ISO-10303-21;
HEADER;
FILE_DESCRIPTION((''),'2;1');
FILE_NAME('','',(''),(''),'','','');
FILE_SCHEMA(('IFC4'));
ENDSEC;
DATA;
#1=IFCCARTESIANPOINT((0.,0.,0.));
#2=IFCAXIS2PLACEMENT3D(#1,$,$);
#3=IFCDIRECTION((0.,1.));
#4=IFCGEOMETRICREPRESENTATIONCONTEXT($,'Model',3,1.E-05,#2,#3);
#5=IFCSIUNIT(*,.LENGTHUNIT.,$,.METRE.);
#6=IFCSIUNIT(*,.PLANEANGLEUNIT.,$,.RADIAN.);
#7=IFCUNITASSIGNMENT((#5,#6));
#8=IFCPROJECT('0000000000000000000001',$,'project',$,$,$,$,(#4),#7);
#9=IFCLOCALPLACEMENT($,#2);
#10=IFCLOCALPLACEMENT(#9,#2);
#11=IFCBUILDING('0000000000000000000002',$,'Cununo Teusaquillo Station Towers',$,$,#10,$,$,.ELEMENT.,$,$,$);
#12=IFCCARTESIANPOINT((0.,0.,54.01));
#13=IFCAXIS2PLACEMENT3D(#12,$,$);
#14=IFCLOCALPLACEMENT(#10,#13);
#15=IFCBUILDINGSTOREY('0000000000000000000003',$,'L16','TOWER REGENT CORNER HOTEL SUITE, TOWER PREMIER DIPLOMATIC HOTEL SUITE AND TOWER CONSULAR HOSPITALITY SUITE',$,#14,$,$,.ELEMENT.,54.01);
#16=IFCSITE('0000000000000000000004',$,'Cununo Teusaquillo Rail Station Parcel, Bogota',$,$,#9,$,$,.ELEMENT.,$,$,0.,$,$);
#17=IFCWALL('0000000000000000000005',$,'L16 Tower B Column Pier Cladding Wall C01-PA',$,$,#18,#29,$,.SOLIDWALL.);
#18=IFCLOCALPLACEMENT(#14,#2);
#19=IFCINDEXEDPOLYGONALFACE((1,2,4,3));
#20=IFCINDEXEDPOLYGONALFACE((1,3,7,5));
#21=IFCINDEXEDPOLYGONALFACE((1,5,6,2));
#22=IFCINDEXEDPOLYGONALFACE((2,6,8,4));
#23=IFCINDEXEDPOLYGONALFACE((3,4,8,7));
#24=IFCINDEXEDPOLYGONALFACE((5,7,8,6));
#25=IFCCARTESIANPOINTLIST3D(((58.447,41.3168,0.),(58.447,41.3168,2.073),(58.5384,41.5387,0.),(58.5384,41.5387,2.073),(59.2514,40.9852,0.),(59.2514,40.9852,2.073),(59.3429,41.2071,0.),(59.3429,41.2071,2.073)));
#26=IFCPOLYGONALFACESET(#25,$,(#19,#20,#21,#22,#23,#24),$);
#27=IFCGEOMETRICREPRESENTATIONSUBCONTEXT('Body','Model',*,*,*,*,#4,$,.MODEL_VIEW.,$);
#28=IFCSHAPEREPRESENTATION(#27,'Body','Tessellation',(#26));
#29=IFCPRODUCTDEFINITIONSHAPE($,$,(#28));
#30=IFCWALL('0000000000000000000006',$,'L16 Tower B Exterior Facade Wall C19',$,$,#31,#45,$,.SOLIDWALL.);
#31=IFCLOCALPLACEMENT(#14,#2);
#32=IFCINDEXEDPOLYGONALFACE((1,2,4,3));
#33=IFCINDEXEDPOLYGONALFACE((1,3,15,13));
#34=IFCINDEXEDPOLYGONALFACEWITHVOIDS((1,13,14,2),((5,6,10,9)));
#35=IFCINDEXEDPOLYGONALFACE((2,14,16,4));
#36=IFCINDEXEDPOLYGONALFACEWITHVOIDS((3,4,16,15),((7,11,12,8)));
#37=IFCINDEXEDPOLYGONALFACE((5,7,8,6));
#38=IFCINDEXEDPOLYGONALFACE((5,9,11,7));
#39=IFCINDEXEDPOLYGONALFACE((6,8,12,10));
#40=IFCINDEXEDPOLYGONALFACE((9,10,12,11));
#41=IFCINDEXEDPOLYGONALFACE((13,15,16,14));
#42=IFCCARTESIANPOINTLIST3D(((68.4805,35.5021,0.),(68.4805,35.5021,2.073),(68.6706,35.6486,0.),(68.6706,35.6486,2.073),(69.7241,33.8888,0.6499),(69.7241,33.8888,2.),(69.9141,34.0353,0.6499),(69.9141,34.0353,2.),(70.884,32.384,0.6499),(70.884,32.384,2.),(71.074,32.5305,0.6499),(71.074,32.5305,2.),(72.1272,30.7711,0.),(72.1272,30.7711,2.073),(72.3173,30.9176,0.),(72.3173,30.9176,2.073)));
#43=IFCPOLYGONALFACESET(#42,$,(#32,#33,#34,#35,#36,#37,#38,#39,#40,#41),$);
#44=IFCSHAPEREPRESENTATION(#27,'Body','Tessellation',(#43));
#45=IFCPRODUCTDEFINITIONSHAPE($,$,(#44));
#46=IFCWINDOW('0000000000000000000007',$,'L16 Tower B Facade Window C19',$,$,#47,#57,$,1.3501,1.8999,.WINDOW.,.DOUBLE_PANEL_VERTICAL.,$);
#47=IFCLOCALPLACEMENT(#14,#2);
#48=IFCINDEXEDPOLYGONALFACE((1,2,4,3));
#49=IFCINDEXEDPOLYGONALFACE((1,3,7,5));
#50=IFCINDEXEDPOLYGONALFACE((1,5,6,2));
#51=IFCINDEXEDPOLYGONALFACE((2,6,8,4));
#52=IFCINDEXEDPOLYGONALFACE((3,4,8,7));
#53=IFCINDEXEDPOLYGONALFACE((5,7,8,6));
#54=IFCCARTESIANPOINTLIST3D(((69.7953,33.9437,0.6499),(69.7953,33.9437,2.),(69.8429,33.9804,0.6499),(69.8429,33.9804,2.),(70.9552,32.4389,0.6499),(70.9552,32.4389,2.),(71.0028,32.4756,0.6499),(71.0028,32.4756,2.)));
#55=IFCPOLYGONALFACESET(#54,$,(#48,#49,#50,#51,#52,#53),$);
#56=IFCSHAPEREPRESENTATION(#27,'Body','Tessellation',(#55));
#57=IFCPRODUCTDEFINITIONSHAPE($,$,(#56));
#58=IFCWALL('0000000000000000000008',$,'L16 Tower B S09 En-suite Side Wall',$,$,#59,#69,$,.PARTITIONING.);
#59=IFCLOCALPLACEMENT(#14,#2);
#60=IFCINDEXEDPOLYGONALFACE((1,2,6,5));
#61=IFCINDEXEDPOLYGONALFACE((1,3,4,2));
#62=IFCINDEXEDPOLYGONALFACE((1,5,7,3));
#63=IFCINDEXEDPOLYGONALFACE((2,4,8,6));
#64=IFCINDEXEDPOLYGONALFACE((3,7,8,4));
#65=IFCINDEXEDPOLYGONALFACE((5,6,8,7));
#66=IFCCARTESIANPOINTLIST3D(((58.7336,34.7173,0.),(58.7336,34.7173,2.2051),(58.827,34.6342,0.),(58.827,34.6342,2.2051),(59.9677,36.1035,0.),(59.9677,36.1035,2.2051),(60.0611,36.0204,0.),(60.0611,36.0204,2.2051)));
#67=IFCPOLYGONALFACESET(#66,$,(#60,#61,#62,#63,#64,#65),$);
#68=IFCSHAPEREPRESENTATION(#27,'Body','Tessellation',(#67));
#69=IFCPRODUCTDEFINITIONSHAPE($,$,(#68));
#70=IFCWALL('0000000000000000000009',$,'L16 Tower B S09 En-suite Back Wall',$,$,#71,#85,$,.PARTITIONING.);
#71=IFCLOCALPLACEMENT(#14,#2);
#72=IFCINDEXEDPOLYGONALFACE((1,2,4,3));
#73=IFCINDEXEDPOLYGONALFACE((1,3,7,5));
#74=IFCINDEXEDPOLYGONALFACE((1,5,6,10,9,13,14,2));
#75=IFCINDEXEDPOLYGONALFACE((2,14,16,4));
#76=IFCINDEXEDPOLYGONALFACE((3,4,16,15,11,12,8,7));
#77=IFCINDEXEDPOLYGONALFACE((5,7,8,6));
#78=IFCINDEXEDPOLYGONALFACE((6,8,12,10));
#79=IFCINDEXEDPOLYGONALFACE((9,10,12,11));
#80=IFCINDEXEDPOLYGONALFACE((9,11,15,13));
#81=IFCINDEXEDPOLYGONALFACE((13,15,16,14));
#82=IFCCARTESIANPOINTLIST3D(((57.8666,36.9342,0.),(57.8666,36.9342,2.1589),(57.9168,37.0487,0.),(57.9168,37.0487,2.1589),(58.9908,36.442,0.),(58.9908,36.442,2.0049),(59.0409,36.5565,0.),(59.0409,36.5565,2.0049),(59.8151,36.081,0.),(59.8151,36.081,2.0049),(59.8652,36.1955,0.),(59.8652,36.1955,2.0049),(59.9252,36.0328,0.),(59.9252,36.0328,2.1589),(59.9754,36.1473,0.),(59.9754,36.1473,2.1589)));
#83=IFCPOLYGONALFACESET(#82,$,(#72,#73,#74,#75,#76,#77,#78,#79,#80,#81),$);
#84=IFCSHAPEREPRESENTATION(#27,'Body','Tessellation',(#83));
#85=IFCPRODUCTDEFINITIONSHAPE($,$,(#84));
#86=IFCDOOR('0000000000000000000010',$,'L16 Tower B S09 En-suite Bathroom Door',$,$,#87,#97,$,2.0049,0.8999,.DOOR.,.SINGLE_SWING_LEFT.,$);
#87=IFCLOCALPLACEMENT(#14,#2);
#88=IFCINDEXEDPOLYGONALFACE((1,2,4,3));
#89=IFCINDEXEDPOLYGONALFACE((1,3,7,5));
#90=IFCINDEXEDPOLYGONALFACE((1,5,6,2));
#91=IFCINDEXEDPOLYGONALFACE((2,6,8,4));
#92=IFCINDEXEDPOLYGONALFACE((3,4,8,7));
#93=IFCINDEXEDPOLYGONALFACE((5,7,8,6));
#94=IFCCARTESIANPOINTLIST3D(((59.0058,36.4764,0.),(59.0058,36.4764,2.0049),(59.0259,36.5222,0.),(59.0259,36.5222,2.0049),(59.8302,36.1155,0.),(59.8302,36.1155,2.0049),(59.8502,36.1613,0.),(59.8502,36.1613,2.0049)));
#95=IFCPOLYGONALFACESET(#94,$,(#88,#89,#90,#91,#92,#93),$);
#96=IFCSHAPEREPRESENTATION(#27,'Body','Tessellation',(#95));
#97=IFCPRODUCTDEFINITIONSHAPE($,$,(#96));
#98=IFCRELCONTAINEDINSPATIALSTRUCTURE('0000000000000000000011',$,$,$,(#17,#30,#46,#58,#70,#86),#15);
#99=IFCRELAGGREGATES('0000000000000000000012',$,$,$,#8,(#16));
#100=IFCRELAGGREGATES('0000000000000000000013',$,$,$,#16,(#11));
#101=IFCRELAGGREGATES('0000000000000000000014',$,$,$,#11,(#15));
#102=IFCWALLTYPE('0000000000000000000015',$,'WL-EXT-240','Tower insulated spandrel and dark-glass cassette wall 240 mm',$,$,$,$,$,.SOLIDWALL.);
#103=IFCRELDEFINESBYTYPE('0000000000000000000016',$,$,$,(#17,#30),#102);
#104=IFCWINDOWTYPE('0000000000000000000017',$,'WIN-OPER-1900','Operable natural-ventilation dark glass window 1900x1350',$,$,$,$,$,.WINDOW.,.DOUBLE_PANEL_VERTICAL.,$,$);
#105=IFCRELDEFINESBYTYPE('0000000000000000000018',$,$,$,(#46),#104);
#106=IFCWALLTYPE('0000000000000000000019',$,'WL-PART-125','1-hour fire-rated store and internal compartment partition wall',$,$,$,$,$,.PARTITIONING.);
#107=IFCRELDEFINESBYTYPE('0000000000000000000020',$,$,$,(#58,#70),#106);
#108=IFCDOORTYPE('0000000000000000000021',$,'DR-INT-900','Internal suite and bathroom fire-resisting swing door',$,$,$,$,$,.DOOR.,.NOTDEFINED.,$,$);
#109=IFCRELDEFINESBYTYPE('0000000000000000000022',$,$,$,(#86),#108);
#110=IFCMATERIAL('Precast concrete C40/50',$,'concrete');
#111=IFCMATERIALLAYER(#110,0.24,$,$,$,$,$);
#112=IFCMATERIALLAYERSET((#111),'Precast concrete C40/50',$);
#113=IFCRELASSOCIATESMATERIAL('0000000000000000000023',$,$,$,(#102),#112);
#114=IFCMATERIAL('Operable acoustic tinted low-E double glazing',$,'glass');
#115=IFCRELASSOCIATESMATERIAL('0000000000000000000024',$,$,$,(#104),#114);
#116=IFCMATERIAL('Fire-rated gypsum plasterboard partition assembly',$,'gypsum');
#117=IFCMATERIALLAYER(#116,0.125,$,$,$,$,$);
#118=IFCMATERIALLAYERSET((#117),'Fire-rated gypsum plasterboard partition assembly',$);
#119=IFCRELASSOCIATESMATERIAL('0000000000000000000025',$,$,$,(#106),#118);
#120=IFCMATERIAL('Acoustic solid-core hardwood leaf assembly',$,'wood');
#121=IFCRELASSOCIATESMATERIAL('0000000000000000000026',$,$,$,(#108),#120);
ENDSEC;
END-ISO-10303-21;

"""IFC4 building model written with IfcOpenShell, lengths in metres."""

from ifc_helpers import new_model, si_unit, direction, frame, frame_2d, origin, place, context, subcontext, project, spatial, rectangle, extrude, source, transform, mapped, material, layer, layer_set, type_object, element, fill, save


model = new_model("IFC4")

# Units and contexts
model_context = context("Model", 3, precision=1e-05, world=origin(), true_north=direction((0.0, 1.0)))
body_context = subcontext(model_context, "Body", "Model", "MODEL_VIEW")
ifc_project = project(units=[si_unit("LENGTHUNIT", "METRE"), si_unit("PLANEANGLEUNIT", "RADIAN")], contexts=[model_context])

# Site, building, storey
site_placement = place(None, origin())
site = spatial("IfcSite", under=ifc_project, at=site_placement, Name="Cununo Teusaquillo Rail Station Parcel, Bogota", CompositionType="ELEMENT", RefElevation=0.0)
building_placement = place(site_placement, origin())
building = spatial("IfcBuilding", under=site, at=building_placement, Name="Cununo Teusaquillo Station Towers", CompositionType="ELEMENT")
storey_placement = place(building_placement, frame((0.0, 0.0, 54.01)))
storey = spatial("IfcBuildingStorey", under=building, at=storey_placement, Name="L16", Description="TOWER REGENT CORNER HOTEL SUITE, TOWER PREMIER DIPLOMATIC HOTEL SUITE AND TOWER CONSULAR HOSPITALITY SUITE", CompositionType="ELEMENT", Elevation=54.01)

# Wall
ifc_material_1 = material(Name="Precast concrete C40/50", Category="concrete")
ifc_layer_1 = layer(ifc_material_1, 0.24)
ifc_layer_set_1 = layer_set([ifc_layer_1], Name="Precast concrete C40/50")
wall_type_1 = type_object("IfcWallType", Name="WL-EXT-240", Description="Tower insulated spandrel and dark-glass cassette wall 240 mm", PredefinedType="SOLIDWALL", material=ifc_layer_set_1)
wall_1_placement = place(storey_placement, frame((58.4927, 41.4277, 0.0), z_axis=(0.0, 0.0, 1.0), x_axis=(0.924556, -0.381046, 0.0)))
element("IfcWall", 1, at=wall_1_placement, inside=storey, type_object=wall_type_1, Name="L16 Tower B Column Pier Cladding Wall C01-PA", PredefinedType="SOLIDWALL", context=body_context, shape_type="SweptSolid", body=[
    extrude(rectangle(XDim=0.8701, YDim=0.24, at=frame_2d((0.4351, 0.0))), origin(), (0.0, 0.0, 1.0), 2.073),
])

# Wall, opening, window
wall_2_placement = place(storey_placement, frame((68.5754, 35.5754, 0.0), z_axis=(0.0, 0.0, 1.0), x_axis=(0.610503, -0.792014, 0.0)))
wall_2 = element("IfcWall", 2, at=wall_2_placement, inside=storey, type_object=wall_type_1, Name="L16 Tower B Exterior Facade Wall C19", PredefinedType="SOLIDWALL", context=body_context, shape_type="SweptSolid", body=[
    extrude(rectangle(XDim=5.9734, YDim=0.24, at=frame_2d((2.9868, 0.0))), origin(), (0.0, 0.0, 1.0), 2.073),
])
shared_shape_1 = source(origin(), body_context, "Body", "SweptSolid", [
    extrude(rectangle(XDim=1.8999, YDim=1.3501, at=frame_2d((0.95, 0.675))), frame((0.0, 0.1299, 0.0), z_axis=(0.0, -1.0, 0.0), x_axis=(1.0, 0.0, 0.0)), (0.0, 0.0, 1.0), 0.26),
])
opening_1_placement = place(wall_2_placement, frame((2.0371, 0.0, 0.6499)))
opening_1 = element("IfcOpeningElement", 3, at=opening_1_placement, cuts=wall_2, PredefinedType="OPENING", context=body_context, shape_type="MappedRepresentation", body=[
    mapped(shared_shape_1, transform((0.0, 0.0, 0.0), x_axis=(1.0, 0.0, 0.0), y_axis=(0.0, 1.0, 0.0), z_axis=(0.0, 0.0, 1.0), scale=1.0)),
])
ifc_material_2 = material(Name="Operable acoustic tinted low-E double glazing", Category="glass")
window_type = type_object("IfcWindowType", Name="WIN-OPER-1900", Description="Operable natural-ventilation dark glass window 1900x1350", PartitioningType="DOUBLE_PANEL_VERTICAL", PredefinedType="WINDOW", material=ifc_material_2)
shared_shape_2 = source(origin(), body_context, "Body", "SweptSolid", [
    extrude(rectangle(XDim=1.8999, YDim=1.3501, at=frame_2d((0.95, 0.675))), frame((0.0, 0.03, 0.0), z_axis=(0.0, -1.0, 0.0), x_axis=(1.0, 0.0, 0.0)), (0.0, 0.0, 1.0), 0.0601),
])
window_placement = place(opening_1_placement, origin())
window = element("IfcWindow", 4, at=window_placement, inside=storey, type_object=window_type, Name="L16 Tower B Facade Window C19", OverallHeight=1.3501, OverallWidth=1.8999, PartitioningType="DOUBLE_PANEL_VERTICAL", PredefinedType="WINDOW", context=body_context, shape_type="MappedRepresentation", body=[
    mapped(shared_shape_2, transform((0.0, 0.0, 0.0), x_axis=(1.0, 0.0, 0.0), y_axis=(0.0, 1.0, 0.0), z_axis=(0.0, 0.0, 1.0), scale=1.0)),
])
fill(opening_1, window)

# Wall
ifc_material_3 = material(Name="Fire-rated gypsum plasterboard partition assembly", Category="gypsum")
ifc_layer_2 = layer(ifc_material_3, 0.125)
ifc_layer_set_2 = layer_set([ifc_layer_2], Name="Fire-rated gypsum plasterboard partition assembly")
wall_type_2 = type_object("IfcWallType", Name="WL-PART-125", Description="1-hour fire-rated store and internal compartment partition wall", PredefinedType="PARTITIONING", material=ifc_layer_set_2)
wall_3_placement = place(storey_placement, frame((58.7803, 34.6758, 0.0), z_axis=(0.0, 0.0, 1.0), x_axis=(0.664943, 0.746894, 0.0)))
element("IfcWall", 5, at=wall_3_placement, inside=storey, type_object=wall_type_2, Name="L16 Tower B S09 En-suite Side Wall", PredefinedType="PARTITIONING", context=body_context, shape_type="SweptSolid", body=[
    extrude(rectangle(XDim=1.856, YDim=0.125, at=frame_2d((0.928, 0.0))), origin(), (0.0, 0.0, 1.0), 2.2051),
])

# Wall, opening, door
wall_4_placement = place(storey_placement, frame((59.9502, 36.0901, 0.0), z_axis=(0.0, 0.0, 1.0), x_axis=(-0.916038, 0.401092, 0.0)))
wall_4 = element("IfcWall", 6, at=wall_4_placement, inside=storey, type_object=wall_type_2, Name="L16 Tower B S09 En-suite Back Wall", PredefinedType="PARTITIONING", context=body_context, shape_type="SweptSolid", body=[
    extrude(rectangle(XDim=2.2473, YDim=0.125, at=frame_2d((1.1235, 0.0))), origin(), (0.0, 0.0, 1.0), 2.1589),
])
shared_shape_3 = source(origin(), body_context, "Body", "SweptSolid", [
    extrude(rectangle(XDim=0.8999, YDim=2.0049, at=frame_2d((0.45, 1.0024))), frame((0.0, 0.0725, 0.0), z_axis=(0.0, -1.0, 0.0), x_axis=(1.0, 0.0, 0.0)), (0.0, 0.0, 1.0), 0.145),
])
opening_2_placement = place(wall_4_placement, frame((0.1201, 0.0, 0.0)))
opening_2 = element("IfcOpeningElement", 7, at=opening_2_placement, cuts=wall_4, PredefinedType="OPENING", context=body_context, shape_type="MappedRepresentation", body=[
    mapped(shared_shape_3, transform((0.0, 0.0, 0.0), x_axis=(1.0, 0.0, 0.0), y_axis=(0.0, 1.0, 0.0), z_axis=(0.0, 0.0, 1.0), scale=1.0)),
])
ifc_material_4 = material(Name="Acoustic solid-core hardwood leaf assembly", Category="wood")
door_type = type_object("IfcDoorType", Name="DR-INT-900", Description="Internal suite and bathroom fire-resisting swing door", OperationType="NOTDEFINED", PredefinedType="DOOR", material=ifc_material_4)
shared_shape_4 = source(origin(), body_context, "Body", "SweptSolid", [
    extrude(rectangle(XDim=0.8999, YDim=2.0049, at=frame_2d((0.45, 1.0024))), frame((0.0, 0.0249, 0.0), z_axis=(0.0, -1.0, 0.0), x_axis=(1.0, 0.0, 0.0)), (0.0, 0.0, 1.0), 0.05),
])
door_placement = place(opening_2_placement, origin())
door = element("IfcDoor", 8, at=door_placement, inside=storey, type_object=door_type, Name="L16 Tower B S09 En-suite Bathroom Door", OperationType="SINGLE_SWING_LEFT", OverallHeight=2.0049, OverallWidth=0.8999, PredefinedType="DOOR", context=body_context, shape_type="MappedRepresentation", body=[
    mapped(shared_shape_4, transform((0.0, 0.0, 0.0), x_axis=(1.0, 0.0, 0.0), y_axis=(0.0, 1.0, 0.0), z_axis=(0.0, 0.0, 1.0), scale=1.0)),
])
fill(opening_2, door)

save(model, "model.ifc")
